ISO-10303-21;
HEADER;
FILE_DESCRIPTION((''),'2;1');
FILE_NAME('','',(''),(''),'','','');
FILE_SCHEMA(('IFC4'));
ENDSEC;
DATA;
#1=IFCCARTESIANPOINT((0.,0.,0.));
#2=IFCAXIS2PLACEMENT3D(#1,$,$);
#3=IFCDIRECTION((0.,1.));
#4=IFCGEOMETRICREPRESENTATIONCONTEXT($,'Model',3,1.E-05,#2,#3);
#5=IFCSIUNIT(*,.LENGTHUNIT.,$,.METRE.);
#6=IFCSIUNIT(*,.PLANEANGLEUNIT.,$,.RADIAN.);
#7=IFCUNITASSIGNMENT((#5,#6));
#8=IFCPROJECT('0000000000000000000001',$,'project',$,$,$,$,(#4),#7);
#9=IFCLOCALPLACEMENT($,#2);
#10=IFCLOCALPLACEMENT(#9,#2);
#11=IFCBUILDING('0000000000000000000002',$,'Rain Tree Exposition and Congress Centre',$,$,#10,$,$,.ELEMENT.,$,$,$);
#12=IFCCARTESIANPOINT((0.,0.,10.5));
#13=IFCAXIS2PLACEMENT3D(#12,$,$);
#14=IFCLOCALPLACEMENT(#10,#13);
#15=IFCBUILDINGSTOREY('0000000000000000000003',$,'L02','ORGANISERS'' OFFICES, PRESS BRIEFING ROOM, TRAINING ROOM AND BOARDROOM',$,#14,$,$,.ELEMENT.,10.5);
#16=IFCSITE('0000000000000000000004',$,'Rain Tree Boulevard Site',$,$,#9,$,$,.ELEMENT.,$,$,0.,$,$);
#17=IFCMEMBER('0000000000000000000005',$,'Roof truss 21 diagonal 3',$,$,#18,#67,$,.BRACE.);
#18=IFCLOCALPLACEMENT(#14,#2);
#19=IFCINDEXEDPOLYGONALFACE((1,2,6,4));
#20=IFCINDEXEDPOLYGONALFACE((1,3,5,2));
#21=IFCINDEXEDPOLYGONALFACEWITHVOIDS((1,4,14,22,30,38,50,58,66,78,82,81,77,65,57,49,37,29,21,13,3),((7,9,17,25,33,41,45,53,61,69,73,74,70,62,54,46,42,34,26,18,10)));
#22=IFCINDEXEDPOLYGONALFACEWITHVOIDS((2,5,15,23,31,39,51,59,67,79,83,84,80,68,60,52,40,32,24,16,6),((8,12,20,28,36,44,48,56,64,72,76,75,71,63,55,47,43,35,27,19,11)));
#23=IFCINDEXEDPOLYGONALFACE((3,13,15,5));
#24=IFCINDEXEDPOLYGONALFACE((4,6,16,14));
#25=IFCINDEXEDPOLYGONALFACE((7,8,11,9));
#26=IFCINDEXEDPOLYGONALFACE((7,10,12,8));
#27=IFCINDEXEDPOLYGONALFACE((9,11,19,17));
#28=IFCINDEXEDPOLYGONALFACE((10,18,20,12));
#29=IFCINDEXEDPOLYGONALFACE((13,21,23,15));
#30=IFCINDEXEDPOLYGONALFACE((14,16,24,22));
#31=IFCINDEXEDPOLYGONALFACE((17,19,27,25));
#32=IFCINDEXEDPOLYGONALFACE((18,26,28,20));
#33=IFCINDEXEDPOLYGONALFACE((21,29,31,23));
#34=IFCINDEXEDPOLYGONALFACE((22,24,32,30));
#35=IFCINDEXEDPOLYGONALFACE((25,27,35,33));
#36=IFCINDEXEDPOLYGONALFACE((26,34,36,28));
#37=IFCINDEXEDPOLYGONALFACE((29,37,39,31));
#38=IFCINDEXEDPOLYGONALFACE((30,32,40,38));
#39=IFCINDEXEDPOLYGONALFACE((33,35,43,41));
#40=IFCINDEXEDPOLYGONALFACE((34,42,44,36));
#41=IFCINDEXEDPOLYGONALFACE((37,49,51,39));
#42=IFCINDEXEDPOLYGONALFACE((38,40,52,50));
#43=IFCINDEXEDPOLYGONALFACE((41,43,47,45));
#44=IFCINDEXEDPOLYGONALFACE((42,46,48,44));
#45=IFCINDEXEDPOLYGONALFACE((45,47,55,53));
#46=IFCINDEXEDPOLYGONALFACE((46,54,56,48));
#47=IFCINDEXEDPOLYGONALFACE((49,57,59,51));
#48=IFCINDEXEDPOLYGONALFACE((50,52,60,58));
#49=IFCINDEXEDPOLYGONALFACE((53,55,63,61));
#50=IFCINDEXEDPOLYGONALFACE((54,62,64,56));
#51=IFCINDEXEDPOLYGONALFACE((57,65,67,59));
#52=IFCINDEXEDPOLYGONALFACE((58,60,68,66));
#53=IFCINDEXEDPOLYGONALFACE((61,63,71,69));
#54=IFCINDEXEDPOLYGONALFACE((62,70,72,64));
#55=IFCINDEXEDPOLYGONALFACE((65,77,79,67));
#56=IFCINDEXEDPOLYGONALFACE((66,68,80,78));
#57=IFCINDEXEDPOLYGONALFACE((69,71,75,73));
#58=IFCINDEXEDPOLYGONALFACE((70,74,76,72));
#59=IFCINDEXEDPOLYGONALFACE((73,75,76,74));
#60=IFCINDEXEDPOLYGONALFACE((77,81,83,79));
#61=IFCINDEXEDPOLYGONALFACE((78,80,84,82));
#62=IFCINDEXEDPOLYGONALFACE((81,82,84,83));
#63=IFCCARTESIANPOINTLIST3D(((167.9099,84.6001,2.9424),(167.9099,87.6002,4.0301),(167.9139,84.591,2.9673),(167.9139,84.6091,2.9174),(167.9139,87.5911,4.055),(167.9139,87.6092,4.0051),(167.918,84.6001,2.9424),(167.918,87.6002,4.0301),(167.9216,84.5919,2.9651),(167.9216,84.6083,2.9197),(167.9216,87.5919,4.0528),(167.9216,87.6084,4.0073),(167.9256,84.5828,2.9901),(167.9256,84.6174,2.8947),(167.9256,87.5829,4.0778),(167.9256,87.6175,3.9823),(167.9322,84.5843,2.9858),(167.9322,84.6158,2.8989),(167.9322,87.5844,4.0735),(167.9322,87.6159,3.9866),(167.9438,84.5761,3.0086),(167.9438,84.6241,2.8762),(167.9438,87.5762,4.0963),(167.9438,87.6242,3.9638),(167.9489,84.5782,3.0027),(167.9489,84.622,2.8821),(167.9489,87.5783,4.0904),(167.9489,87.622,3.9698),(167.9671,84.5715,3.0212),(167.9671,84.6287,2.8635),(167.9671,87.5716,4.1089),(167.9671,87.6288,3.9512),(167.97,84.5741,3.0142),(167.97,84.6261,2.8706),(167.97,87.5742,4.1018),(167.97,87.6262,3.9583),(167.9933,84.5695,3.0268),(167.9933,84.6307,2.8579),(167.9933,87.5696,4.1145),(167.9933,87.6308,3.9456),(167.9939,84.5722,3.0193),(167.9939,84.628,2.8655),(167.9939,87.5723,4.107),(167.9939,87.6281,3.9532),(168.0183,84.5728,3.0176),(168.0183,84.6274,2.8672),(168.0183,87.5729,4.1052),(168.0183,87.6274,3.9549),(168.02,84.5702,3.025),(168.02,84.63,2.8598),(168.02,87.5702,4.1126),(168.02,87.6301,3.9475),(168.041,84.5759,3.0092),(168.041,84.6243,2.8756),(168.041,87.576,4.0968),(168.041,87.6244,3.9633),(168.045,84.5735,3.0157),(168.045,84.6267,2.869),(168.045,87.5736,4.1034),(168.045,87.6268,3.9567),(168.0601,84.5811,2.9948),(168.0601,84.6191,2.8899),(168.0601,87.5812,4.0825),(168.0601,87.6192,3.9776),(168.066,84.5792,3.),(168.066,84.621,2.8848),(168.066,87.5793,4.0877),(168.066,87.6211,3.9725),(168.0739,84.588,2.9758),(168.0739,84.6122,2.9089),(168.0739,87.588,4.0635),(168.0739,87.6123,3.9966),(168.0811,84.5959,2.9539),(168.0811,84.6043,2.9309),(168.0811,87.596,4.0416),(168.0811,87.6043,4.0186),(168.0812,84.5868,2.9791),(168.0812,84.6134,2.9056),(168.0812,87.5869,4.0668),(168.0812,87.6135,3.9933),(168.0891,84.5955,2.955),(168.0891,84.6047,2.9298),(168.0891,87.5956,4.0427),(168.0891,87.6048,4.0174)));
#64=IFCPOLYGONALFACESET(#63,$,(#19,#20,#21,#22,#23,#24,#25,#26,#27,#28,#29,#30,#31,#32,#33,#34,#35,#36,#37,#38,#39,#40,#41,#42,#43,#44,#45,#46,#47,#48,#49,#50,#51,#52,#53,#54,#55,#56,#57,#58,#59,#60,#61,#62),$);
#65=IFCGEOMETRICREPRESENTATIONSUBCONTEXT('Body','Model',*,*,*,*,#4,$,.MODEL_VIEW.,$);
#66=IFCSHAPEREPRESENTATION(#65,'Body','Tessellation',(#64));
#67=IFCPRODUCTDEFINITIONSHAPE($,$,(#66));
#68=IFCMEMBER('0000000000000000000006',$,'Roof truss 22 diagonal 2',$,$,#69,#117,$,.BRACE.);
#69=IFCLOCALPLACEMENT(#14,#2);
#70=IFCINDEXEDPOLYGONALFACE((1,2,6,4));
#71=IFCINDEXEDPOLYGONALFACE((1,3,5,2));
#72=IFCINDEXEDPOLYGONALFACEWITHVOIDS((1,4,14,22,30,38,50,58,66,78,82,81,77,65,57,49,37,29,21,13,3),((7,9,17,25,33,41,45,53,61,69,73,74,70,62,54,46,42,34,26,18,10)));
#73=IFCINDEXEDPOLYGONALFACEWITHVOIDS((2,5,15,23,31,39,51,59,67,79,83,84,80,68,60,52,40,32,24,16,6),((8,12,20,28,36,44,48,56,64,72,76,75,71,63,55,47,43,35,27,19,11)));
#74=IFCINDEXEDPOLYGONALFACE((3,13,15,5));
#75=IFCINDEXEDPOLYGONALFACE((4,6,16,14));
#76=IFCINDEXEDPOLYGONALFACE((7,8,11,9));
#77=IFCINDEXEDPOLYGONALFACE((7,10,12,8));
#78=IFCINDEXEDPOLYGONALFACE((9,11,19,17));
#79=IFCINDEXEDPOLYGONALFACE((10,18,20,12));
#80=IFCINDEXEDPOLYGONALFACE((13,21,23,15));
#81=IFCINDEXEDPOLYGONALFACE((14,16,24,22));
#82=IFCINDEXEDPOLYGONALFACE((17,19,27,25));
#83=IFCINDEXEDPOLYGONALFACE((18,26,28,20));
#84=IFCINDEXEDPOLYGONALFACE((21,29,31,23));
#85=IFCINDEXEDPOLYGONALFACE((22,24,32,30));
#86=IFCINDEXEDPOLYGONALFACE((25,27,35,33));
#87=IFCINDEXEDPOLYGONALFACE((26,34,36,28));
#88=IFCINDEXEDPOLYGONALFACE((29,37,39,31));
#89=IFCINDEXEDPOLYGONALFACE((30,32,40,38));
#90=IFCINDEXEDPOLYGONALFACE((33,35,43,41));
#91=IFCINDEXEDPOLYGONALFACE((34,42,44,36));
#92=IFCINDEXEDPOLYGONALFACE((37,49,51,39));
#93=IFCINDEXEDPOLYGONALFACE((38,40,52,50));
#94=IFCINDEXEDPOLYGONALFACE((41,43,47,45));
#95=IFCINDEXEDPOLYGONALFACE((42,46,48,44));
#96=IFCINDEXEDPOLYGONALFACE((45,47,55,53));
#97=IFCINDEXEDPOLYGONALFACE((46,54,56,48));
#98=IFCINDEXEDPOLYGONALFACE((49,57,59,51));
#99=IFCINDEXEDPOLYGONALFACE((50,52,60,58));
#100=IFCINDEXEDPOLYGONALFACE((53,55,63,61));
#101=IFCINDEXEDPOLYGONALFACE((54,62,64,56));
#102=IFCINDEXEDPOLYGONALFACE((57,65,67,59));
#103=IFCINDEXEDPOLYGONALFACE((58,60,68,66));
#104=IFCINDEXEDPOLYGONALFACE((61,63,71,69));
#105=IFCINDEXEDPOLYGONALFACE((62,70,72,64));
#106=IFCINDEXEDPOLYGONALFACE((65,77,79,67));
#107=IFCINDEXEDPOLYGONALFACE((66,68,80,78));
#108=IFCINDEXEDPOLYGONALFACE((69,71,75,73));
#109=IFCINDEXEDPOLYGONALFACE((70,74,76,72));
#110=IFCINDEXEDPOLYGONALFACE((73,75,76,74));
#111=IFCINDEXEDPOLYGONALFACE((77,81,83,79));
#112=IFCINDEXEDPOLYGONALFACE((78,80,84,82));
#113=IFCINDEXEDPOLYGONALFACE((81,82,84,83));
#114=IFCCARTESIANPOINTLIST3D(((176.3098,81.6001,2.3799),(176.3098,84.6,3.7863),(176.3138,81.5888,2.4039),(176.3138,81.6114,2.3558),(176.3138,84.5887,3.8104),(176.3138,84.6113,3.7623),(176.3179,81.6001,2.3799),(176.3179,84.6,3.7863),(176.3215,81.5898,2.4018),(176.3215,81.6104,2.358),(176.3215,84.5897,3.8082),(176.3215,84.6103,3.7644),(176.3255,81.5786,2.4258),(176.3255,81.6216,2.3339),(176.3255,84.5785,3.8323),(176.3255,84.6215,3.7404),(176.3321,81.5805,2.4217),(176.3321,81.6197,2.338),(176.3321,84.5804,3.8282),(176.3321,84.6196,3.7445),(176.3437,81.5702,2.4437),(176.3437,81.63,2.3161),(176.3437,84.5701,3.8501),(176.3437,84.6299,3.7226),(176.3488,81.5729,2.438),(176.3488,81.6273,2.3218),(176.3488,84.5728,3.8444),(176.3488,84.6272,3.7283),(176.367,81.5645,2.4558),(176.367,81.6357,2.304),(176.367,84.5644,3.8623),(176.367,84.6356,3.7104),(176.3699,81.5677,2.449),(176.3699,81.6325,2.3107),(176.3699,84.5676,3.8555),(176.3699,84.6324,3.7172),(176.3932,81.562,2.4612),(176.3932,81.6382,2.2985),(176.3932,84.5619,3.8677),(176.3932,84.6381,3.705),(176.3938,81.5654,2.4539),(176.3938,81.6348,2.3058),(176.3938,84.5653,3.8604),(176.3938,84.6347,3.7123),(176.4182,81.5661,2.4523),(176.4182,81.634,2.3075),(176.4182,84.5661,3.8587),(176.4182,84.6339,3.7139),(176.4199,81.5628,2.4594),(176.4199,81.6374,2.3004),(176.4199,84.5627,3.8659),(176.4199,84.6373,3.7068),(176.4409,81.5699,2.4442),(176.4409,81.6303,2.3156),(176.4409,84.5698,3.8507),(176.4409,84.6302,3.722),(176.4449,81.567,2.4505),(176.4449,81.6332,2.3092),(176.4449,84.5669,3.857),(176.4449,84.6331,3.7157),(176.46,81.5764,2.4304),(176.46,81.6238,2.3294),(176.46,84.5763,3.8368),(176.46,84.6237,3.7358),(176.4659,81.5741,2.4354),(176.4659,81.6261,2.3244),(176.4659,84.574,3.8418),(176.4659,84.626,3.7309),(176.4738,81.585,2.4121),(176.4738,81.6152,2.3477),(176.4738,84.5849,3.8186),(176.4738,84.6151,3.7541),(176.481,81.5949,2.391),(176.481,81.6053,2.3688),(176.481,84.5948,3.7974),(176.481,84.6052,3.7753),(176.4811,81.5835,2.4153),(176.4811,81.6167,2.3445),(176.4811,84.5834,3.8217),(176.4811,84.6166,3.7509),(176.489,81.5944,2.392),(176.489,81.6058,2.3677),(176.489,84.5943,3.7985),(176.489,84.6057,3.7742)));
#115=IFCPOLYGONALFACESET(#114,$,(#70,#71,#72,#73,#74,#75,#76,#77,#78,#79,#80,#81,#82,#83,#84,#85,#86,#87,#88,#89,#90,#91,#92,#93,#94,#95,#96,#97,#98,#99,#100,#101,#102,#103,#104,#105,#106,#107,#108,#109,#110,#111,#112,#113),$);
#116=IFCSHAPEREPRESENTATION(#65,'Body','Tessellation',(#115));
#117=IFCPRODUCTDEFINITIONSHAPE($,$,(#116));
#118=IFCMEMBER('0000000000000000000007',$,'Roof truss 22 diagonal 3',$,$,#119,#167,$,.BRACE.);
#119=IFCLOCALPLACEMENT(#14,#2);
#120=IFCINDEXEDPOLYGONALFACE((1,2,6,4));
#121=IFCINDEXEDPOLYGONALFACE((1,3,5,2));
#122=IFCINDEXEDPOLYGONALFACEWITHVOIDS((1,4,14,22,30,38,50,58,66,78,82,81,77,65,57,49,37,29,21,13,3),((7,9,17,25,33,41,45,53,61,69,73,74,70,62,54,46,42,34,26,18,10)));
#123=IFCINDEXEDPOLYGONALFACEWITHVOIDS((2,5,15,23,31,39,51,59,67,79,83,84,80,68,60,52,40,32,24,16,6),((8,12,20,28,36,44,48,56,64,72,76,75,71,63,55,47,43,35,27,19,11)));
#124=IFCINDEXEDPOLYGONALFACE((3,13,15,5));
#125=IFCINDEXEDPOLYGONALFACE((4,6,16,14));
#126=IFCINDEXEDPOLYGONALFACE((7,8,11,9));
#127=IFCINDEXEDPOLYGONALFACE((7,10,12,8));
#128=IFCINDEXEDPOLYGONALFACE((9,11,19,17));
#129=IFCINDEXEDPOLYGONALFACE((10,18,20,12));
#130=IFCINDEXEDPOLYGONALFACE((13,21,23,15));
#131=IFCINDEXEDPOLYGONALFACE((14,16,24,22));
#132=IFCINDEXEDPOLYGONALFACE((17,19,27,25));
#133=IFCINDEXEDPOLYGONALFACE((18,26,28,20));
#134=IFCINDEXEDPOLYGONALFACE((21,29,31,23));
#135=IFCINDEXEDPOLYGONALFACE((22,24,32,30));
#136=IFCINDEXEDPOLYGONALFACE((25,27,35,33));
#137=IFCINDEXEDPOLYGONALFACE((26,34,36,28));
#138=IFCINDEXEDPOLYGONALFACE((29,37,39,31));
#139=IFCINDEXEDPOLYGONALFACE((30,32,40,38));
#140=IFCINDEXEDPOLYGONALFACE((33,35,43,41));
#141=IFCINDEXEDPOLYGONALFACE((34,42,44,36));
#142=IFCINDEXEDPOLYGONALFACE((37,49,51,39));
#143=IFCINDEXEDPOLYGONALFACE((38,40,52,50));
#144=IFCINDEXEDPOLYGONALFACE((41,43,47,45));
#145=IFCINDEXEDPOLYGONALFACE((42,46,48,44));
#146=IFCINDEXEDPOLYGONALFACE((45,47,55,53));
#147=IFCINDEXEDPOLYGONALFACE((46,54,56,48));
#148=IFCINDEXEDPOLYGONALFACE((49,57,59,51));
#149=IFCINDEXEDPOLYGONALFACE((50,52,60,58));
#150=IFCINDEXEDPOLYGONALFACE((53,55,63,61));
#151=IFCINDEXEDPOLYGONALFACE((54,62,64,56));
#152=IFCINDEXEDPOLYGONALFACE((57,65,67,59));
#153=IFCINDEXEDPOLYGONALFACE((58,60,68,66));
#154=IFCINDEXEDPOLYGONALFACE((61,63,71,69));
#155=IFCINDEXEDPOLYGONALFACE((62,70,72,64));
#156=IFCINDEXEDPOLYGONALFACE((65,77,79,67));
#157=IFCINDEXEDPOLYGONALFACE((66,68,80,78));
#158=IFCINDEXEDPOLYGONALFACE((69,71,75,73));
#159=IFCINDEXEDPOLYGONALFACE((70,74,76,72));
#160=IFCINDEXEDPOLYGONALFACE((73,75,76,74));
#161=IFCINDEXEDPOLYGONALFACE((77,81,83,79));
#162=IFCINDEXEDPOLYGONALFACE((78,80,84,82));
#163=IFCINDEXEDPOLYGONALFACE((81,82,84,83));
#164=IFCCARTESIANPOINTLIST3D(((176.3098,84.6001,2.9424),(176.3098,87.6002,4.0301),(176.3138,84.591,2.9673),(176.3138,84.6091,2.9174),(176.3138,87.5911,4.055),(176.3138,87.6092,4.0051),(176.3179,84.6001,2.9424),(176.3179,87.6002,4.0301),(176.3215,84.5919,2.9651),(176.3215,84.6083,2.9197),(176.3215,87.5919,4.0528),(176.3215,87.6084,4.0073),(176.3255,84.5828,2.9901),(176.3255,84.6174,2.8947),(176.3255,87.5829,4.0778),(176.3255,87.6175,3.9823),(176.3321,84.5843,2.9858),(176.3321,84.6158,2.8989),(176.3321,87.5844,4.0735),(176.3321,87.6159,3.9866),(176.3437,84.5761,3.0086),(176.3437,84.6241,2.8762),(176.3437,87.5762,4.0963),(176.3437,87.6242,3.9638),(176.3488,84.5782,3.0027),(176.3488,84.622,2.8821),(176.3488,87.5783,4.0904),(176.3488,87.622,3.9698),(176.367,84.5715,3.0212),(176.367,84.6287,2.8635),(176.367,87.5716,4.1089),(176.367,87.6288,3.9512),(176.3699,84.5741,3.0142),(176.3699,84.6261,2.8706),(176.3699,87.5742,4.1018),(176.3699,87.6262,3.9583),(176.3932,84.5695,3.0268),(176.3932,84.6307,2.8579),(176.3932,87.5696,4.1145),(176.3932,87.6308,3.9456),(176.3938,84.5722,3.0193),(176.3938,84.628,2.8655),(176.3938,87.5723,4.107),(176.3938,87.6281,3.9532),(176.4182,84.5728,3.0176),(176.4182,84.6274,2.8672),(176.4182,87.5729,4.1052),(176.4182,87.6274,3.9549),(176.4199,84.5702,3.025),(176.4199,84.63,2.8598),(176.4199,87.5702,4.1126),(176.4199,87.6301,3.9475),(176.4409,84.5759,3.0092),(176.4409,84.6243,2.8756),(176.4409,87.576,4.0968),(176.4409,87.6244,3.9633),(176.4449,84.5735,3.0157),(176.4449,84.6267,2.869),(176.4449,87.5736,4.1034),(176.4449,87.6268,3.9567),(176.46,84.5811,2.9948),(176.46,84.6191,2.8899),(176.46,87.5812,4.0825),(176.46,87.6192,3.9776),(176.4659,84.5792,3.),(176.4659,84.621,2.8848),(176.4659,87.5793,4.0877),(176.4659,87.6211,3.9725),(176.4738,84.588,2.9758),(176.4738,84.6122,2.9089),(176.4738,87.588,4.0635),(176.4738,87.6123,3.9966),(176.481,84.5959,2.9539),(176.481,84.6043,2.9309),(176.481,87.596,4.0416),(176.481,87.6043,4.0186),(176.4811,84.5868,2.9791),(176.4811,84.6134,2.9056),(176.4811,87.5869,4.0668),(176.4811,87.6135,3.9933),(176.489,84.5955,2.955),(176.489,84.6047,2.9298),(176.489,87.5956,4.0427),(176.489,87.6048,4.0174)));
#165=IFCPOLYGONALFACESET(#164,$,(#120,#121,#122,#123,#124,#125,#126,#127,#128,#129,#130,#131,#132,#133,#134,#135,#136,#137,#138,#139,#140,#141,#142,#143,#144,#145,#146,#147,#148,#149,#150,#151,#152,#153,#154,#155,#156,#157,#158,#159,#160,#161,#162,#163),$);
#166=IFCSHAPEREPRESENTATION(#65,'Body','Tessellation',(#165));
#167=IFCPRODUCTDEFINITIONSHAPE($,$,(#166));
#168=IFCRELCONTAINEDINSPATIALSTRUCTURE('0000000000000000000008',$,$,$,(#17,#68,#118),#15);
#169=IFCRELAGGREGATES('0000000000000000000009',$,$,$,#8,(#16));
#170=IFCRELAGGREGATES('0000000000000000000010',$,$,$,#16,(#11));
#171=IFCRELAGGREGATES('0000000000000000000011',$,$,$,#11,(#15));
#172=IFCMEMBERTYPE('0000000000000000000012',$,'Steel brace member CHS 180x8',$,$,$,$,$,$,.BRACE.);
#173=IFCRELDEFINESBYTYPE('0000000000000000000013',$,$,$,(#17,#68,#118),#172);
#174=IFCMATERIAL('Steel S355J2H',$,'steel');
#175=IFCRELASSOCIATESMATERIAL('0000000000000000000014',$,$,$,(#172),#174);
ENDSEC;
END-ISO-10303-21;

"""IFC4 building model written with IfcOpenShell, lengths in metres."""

from ifc_helpers import new_model, si_unit, direction, frame, origin, origin_2d, place, context, subcontext, project, spatial, hollow_circle, extrude, material, material_profile, profile_set, type_object, element, save


model = new_model("IFC4")

# Units and contexts
model_context = context("Model", 3, precision=1e-05, world=origin(), true_north=direction((0.0, 1.0)))
body_context = subcontext(model_context, "Body", "Model", "MODEL_VIEW")
ifc_project = project(units=[si_unit("LENGTHUNIT", "METRE"), si_unit("PLANEANGLEUNIT", "RADIAN")], contexts=[model_context])

# Site, building, storey
site_placement = place(None, origin())
site = spatial("IfcSite", under=ifc_project, at=site_placement, Name="Rain Tree Boulevard Site", CompositionType="ELEMENT", RefElevation=0.0)
building_placement = place(site_placement, origin())
building = spatial("IfcBuilding", under=site, at=building_placement, Name="Rain Tree Exposition and Congress Centre", CompositionType="ELEMENT")
storey_placement = place(building_placement, frame((0.0, 0.0, 10.5)))
storey = spatial("IfcBuildingStorey", under=building, at=storey_placement, Name="L02", Description="ORGANISERS' OFFICES, PRESS BRIEFING ROOM, TRAINING ROOM AND BOARDROOM", CompositionType="ELEMENT", Elevation=10.5)

# Members
ifc_material_1 = material(Name="Steel S355J2H", Category="steel")
ifc_material_profile_1 = material_profile(ifc_material_1, hollow_circle(Radius=0.0901, WallThickness=0.0081, at=origin_2d()), Name="CHS 180x8")
ifc_profile_set_1 = profile_set([ifc_material_profile_1], Name="Steel S355J2H")
member_type_1 = type_object("IfcMemberType", Name="Steel brace member CHS 180x8", PredefinedType="BRACE", material=ifc_profile_set_1)
member_1_placement = place(storey_placement, frame((168.0, 84.6001, 2.9424), z_axis=(0.0, 0.940121, 0.34084), x_axis=(-1.0, 0.0, 0.0)))
element("IfcMember", 1, at=member_1_placement, inside=storey, type_object=member_type_1, Name="Roof truss 21 diagonal 3", PredefinedType="BRACE", context=body_context, shape_type="SweptSolid", body=[
    extrude(hollow_circle(Radius=0.0901, WallThickness=0.0081, at=origin_2d()), origin(), (0.0, 0.0, 1.0), 3.1912),
])
member_2_placement = place(storey_placement, frame((176.3999, 81.6001, 2.3799), z_axis=(0.0, 0.905431, 0.424494), x_axis=(-1.0, 0.0, 0.0)))
element("IfcMember", 2, at=member_2_placement, inside=storey, type_object=member_type_1, Name="Roof truss 22 diagonal 2", PredefinedType="BRACE", context=body_context, shape_type="SweptSolid", body=[
    extrude(hollow_circle(Radius=0.0901, WallThickness=0.0081, at=origin_2d()), origin(), (0.0, 0.0, 1.0), 3.3132),
])
member_3_placement = place(storey_placement, frame((176.3999, 84.6001, 2.9424), z_axis=(0.0, 0.940121, 0.34084), x_axis=(-1.0, 0.0, 0.0)))
element("IfcMember", 3, at=member_3_placement, inside=storey, type_object=member_type_1, Name="Roof truss 22 diagonal 3", PredefinedType="BRACE", context=body_context, shape_type="SweptSolid", body=[
    extrude(hollow_circle(Radius=0.0901, WallThickness=0.0081, at=origin_2d()), origin(), (0.0, 0.0, 1.0), 3.1912),
])

save(model, "model.ifc")
